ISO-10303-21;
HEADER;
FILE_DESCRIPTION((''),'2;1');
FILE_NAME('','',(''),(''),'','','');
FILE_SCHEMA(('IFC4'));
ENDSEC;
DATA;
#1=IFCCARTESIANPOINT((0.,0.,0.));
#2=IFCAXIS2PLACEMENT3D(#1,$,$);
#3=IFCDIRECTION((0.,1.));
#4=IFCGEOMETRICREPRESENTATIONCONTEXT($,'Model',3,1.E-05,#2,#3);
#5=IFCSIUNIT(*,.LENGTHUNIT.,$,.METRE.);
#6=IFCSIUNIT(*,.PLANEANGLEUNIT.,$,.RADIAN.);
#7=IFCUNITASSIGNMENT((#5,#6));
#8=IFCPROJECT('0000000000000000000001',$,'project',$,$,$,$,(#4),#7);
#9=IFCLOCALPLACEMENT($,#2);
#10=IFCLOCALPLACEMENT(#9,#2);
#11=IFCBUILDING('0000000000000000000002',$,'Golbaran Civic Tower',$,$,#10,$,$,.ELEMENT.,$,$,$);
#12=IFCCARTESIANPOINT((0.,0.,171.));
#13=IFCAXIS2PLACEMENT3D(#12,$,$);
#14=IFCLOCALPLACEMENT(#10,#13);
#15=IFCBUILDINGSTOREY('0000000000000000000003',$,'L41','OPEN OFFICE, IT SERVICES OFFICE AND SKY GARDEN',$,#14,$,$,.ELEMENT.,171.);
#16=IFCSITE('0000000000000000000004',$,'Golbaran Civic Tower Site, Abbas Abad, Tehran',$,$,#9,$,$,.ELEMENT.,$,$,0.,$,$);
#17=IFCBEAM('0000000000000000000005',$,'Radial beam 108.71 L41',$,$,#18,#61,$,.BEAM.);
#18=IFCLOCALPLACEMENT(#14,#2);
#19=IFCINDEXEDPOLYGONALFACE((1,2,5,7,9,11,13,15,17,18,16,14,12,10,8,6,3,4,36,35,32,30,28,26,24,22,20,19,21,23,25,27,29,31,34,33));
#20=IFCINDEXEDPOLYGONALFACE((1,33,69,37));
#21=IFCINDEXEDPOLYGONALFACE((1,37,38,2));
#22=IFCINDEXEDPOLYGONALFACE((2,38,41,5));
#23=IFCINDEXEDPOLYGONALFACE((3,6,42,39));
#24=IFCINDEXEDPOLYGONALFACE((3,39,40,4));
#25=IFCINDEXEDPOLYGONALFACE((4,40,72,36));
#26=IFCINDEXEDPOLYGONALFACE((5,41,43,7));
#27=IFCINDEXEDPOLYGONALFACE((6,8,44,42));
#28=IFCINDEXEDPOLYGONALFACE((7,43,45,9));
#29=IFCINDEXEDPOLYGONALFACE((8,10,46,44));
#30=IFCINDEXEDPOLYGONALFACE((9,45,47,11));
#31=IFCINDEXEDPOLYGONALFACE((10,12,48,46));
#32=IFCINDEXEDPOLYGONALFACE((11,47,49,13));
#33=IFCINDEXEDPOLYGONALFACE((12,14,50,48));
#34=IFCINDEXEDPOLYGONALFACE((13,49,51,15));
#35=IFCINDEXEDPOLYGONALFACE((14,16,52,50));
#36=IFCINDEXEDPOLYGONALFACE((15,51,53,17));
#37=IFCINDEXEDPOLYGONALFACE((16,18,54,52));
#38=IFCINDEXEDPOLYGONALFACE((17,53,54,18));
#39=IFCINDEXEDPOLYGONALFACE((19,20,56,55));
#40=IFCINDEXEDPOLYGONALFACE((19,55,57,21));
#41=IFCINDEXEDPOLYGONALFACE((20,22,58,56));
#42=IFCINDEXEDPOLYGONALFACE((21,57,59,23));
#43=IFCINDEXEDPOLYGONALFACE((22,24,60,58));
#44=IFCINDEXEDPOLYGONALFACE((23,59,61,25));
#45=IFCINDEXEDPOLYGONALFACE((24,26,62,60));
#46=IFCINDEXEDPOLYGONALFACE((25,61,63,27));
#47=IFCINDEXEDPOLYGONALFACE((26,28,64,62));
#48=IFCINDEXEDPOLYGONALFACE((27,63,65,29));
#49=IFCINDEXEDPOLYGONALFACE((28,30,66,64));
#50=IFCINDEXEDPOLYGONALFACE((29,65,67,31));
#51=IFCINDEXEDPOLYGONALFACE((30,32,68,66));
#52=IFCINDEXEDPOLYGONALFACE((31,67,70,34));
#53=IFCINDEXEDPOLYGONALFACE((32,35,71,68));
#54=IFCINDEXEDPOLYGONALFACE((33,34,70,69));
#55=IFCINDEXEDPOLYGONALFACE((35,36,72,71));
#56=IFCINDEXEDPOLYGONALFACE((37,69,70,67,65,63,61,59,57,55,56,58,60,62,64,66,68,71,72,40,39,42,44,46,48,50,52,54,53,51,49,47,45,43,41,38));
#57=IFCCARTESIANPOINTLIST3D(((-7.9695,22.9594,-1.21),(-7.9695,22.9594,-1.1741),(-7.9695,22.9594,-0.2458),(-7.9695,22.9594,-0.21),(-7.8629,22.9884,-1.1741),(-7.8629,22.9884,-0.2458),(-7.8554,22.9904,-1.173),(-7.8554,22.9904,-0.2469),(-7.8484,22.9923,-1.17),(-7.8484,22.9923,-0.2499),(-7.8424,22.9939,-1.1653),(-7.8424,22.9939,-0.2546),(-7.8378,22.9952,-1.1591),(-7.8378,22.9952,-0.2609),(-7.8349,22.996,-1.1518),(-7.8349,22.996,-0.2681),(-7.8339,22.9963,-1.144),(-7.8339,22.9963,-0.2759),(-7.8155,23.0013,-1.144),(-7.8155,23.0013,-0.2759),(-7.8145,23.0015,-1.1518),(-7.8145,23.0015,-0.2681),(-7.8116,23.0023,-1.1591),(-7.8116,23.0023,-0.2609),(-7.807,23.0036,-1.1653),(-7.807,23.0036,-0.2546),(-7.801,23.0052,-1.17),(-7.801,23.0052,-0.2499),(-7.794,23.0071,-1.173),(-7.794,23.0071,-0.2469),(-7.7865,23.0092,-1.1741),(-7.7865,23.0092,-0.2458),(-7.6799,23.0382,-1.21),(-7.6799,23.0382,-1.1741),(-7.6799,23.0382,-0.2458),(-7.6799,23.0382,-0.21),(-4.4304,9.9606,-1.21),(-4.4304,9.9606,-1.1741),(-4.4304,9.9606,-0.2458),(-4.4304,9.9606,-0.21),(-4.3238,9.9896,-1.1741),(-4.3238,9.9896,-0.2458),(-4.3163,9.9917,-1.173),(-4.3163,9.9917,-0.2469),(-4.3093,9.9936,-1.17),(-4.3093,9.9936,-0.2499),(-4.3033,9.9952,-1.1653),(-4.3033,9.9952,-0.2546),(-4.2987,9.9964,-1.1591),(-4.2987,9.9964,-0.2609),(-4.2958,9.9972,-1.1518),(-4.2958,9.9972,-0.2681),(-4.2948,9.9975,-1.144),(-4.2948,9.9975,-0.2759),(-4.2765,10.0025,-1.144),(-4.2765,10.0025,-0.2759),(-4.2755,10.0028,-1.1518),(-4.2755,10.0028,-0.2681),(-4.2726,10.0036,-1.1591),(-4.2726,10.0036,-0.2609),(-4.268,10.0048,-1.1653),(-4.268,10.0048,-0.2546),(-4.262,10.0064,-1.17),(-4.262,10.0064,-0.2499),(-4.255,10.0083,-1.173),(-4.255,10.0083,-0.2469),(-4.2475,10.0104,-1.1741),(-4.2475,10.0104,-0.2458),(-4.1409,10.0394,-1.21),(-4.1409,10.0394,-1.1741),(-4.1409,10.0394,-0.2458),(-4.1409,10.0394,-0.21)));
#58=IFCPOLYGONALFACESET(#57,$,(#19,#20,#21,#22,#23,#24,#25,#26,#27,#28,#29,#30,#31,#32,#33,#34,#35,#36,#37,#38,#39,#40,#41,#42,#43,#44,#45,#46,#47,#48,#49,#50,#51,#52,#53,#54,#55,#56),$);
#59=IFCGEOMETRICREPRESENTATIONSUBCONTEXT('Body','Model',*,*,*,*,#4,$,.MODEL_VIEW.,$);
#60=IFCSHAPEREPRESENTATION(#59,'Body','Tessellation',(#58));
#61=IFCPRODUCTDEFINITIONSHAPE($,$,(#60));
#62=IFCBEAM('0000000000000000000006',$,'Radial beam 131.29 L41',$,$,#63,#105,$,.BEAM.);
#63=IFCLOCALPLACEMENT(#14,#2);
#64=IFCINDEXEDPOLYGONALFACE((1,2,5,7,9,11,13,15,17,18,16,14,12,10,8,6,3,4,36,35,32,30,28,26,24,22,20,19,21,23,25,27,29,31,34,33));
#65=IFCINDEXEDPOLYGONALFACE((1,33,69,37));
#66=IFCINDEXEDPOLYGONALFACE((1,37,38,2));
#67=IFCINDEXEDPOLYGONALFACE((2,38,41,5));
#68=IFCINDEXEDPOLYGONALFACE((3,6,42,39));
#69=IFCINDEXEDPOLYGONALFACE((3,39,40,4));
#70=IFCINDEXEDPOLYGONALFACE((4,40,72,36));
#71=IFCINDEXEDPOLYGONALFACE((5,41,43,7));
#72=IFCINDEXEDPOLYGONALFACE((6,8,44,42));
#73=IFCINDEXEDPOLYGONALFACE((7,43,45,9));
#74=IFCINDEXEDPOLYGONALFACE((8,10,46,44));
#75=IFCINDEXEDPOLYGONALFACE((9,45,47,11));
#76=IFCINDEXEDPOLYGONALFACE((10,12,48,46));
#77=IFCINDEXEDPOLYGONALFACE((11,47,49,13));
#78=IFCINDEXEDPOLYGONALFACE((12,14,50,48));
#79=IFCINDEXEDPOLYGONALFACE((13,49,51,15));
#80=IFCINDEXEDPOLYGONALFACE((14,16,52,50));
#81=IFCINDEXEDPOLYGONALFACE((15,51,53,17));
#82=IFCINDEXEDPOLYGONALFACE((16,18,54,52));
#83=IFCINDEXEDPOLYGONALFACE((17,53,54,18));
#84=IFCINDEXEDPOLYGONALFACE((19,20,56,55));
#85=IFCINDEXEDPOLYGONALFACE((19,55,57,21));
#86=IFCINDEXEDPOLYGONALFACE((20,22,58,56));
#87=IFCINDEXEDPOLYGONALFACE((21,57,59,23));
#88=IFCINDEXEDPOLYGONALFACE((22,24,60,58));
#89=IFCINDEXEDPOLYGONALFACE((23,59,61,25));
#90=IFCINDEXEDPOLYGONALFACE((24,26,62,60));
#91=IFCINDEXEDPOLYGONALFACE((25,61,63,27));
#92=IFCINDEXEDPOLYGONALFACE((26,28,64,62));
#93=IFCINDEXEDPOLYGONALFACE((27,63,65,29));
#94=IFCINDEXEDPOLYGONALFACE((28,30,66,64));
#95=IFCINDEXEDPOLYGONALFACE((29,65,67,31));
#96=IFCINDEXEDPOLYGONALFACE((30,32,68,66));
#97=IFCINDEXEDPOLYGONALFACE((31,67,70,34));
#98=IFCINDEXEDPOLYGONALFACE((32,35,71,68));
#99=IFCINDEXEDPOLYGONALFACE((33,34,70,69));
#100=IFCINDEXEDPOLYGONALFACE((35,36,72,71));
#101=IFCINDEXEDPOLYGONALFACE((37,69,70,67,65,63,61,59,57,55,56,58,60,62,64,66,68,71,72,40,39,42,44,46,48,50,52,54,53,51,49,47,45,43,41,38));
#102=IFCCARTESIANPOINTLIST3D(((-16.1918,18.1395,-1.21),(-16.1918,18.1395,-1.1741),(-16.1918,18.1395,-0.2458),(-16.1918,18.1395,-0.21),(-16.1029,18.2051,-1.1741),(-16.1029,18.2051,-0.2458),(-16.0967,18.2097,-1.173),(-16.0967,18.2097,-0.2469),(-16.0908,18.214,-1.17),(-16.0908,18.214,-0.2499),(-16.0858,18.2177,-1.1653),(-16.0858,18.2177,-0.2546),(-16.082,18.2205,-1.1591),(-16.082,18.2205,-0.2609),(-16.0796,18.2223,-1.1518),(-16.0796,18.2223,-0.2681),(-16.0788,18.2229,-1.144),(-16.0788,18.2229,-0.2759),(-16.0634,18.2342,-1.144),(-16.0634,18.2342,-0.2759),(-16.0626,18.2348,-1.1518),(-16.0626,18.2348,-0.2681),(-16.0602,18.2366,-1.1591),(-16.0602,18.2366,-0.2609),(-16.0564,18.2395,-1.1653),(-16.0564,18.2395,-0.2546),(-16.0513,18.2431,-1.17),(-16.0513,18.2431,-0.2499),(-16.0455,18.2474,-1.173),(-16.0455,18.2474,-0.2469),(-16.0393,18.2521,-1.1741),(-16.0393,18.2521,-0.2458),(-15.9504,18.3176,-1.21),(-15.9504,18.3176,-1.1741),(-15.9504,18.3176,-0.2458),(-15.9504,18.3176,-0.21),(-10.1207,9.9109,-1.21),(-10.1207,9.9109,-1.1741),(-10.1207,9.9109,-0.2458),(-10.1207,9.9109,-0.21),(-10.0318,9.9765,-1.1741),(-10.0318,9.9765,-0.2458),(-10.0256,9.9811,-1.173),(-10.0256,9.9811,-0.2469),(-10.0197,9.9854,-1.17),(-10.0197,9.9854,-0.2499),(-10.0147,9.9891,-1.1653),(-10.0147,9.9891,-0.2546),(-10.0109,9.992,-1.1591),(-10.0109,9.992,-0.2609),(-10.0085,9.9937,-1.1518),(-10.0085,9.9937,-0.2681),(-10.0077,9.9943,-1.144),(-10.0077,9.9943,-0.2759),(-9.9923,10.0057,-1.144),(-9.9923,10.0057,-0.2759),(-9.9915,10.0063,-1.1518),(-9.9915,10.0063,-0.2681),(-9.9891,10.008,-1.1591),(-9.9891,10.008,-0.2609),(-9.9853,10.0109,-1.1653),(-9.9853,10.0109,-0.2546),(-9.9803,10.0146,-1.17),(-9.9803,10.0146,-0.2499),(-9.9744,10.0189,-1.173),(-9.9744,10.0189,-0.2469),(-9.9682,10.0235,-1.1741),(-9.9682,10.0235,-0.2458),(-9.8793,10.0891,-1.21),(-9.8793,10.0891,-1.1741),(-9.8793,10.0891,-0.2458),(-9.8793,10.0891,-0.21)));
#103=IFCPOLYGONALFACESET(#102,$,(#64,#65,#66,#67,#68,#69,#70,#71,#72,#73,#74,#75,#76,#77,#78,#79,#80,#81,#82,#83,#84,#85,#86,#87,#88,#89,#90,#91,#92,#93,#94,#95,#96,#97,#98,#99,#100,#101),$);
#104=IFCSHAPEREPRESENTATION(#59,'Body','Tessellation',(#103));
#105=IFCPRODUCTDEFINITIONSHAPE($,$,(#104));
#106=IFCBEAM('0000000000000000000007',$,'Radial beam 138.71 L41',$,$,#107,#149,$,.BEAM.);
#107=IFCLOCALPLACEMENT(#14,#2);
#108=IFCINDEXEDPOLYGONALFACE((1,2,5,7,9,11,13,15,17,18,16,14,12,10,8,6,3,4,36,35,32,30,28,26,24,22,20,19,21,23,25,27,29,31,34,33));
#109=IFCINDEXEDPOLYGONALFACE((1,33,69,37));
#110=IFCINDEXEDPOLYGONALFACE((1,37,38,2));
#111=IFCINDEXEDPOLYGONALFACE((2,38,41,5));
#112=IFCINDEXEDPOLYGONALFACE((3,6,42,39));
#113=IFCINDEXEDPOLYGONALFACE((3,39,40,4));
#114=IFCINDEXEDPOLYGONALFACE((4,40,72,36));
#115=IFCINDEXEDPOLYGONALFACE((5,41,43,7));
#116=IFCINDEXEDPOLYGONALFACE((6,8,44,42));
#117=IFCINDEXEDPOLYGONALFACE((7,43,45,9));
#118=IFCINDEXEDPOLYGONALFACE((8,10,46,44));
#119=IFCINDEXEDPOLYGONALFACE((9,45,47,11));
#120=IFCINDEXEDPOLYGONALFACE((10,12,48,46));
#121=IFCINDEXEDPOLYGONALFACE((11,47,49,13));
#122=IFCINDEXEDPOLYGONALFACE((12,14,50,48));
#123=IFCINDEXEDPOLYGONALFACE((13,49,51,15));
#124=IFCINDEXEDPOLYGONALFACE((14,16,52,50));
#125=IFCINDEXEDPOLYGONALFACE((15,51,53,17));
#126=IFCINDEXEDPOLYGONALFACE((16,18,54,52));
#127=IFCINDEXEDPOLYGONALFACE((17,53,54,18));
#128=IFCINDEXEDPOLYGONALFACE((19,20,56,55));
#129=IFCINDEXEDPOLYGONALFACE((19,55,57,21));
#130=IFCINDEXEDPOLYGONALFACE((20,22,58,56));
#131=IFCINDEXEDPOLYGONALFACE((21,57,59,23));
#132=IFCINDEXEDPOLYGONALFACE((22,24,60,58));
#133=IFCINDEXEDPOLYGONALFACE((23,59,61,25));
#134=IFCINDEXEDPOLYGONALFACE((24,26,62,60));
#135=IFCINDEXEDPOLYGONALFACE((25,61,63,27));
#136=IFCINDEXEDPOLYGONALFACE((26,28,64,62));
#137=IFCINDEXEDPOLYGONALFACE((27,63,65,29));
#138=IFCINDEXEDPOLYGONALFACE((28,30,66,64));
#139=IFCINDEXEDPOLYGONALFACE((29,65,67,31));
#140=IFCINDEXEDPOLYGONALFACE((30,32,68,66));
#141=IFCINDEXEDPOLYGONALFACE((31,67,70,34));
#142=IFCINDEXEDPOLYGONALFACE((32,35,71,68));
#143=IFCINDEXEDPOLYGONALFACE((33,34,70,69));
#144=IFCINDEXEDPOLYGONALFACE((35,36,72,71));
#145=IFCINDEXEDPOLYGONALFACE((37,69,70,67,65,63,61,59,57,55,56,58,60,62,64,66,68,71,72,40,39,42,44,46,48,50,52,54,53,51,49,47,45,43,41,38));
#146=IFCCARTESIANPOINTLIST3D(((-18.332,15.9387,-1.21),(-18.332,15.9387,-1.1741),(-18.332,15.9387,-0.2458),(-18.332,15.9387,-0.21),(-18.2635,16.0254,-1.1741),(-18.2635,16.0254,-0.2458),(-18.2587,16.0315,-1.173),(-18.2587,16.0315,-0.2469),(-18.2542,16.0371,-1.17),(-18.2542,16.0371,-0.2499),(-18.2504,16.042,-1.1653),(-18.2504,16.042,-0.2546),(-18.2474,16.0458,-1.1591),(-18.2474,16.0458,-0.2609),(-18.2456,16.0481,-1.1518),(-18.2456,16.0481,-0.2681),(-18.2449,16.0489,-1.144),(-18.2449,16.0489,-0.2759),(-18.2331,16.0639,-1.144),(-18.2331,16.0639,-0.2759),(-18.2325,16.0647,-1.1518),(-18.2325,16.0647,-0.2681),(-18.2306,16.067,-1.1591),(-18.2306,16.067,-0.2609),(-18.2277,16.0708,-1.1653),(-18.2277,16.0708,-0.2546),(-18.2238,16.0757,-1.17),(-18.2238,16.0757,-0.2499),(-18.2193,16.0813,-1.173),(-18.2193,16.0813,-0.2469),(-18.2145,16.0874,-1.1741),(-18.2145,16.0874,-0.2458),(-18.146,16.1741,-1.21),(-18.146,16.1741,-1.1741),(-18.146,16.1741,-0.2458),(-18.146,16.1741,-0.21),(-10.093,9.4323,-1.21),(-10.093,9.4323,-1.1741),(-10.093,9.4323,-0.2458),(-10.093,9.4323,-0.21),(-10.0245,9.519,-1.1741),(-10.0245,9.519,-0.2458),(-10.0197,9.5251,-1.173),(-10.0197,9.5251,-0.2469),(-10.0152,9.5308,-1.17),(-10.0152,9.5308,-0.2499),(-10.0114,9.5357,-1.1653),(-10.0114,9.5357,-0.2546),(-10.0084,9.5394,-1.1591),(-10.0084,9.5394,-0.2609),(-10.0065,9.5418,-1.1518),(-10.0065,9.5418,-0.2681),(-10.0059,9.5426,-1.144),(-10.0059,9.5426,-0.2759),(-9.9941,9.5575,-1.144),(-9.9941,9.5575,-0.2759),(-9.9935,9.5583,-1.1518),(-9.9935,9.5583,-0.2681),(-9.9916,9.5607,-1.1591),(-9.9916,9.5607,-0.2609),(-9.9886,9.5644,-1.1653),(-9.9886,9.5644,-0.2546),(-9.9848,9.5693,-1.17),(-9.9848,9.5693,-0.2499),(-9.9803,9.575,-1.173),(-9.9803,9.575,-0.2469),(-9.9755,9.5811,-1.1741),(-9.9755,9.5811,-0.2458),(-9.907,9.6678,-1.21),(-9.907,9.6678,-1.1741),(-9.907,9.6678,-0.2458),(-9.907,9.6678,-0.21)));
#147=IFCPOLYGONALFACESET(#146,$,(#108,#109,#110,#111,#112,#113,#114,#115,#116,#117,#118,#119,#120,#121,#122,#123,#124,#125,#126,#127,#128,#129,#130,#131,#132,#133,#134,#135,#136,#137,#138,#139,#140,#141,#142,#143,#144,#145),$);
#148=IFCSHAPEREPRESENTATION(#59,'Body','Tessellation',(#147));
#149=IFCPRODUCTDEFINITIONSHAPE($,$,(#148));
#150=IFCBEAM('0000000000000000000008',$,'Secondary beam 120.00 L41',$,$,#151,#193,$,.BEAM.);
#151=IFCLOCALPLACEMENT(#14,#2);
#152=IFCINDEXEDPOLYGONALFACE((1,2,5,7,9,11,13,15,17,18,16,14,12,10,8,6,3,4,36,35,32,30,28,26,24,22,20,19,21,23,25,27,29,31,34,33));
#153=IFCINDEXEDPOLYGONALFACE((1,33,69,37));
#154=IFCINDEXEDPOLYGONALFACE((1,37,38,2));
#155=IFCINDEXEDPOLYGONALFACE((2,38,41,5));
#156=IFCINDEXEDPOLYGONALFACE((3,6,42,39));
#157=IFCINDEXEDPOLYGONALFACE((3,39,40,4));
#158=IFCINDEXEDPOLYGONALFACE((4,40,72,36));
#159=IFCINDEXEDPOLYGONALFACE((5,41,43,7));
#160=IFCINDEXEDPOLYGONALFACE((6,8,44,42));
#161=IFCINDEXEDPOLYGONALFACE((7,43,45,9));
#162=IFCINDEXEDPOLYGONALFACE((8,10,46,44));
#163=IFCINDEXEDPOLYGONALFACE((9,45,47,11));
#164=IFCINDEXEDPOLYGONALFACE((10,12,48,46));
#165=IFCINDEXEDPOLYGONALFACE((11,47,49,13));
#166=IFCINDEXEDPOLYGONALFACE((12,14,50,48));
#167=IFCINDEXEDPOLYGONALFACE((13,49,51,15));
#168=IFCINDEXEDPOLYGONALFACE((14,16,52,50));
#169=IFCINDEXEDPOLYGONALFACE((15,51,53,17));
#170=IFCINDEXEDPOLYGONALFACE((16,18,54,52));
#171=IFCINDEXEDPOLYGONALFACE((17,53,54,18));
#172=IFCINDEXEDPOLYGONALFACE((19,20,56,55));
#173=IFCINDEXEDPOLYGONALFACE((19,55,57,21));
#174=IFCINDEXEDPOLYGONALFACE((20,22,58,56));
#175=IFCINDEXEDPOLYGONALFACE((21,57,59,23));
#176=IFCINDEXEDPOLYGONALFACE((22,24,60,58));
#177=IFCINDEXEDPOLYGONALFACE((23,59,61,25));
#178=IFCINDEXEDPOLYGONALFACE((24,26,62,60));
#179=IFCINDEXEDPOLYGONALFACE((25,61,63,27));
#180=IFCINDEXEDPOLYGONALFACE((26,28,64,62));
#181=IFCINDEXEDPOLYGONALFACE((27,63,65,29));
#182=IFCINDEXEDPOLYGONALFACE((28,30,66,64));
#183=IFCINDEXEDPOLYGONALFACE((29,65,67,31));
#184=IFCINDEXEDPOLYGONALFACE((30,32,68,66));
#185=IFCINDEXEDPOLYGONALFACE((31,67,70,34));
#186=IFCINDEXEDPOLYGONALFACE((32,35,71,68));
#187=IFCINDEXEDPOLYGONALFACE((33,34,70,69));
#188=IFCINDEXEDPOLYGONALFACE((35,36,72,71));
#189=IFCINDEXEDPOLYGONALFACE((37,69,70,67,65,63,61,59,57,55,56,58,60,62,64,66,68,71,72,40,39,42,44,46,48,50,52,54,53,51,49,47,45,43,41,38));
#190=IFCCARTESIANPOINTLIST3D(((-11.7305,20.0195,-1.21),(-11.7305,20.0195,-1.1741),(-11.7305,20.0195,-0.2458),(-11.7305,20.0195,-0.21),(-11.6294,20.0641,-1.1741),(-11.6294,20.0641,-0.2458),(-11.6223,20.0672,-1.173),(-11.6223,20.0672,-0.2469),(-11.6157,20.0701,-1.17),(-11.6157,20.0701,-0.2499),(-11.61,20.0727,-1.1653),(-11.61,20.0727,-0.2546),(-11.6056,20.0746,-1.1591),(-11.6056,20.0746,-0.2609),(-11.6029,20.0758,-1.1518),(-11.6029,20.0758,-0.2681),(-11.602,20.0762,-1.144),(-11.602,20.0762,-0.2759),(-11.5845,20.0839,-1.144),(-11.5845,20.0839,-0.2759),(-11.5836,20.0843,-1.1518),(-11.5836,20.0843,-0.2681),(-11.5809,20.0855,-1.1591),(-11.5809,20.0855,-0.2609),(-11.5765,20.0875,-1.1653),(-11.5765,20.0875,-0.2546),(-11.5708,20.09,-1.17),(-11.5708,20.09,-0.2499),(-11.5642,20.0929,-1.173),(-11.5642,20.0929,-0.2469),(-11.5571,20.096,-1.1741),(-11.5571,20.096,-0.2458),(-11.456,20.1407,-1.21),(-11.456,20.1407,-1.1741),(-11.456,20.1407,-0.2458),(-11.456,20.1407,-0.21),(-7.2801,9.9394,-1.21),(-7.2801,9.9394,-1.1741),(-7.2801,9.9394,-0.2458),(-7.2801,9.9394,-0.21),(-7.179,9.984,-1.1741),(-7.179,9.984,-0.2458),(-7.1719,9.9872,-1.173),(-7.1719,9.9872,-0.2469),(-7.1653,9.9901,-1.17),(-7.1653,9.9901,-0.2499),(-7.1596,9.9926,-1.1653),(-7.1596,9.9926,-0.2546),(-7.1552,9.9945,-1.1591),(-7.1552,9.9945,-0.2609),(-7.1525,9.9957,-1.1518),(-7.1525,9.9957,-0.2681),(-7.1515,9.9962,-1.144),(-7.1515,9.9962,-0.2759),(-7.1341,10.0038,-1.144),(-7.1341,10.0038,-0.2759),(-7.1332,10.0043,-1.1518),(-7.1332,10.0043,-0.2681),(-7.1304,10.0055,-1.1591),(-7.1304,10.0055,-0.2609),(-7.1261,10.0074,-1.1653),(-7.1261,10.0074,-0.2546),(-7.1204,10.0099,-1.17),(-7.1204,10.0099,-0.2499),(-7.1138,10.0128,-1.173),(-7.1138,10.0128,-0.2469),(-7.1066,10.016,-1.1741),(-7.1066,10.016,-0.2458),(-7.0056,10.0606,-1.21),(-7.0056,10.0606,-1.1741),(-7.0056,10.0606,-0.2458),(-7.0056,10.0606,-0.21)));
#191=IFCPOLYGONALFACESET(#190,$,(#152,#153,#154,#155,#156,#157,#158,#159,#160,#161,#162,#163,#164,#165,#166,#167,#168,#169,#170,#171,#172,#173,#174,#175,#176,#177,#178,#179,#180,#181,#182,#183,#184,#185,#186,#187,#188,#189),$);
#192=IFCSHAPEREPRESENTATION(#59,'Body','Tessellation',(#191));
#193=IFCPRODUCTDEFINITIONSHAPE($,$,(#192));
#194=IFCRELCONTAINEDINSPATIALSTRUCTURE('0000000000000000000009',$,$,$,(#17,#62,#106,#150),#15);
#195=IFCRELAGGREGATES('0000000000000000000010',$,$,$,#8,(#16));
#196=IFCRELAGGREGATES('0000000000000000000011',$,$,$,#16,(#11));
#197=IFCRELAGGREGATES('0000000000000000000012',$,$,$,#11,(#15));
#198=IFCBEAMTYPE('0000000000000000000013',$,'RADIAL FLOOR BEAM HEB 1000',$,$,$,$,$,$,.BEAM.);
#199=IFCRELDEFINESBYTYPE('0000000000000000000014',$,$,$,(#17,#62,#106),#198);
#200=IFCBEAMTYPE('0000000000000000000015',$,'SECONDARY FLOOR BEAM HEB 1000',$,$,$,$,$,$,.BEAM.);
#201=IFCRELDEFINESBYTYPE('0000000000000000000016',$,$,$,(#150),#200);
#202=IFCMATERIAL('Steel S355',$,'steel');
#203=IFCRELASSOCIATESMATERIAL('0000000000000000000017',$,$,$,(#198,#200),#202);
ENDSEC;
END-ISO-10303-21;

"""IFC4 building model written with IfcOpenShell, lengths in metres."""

from ifc_helpers import new_model, si_unit, direction, frame, origin, origin_2d, place, context, subcontext, project, spatial, i_section, extrude, material, material_profile, profile_set, type_object, element, save


model = new_model("IFC4")

# Units and contexts
model_context = context("Model", 3, precision=1e-05, world=origin(), true_north=direction((0.0, 1.0)))
body_context = subcontext(model_context, "Body", "Model", "MODEL_VIEW")
ifc_project = project(units=[si_unit("LENGTHUNIT", "METRE"), si_unit("PLANEANGLEUNIT", "RADIAN")], contexts=[model_context])

# Site, building, storey
site_placement = place(None, origin())
site = spatial("IfcSite", under=ifc_project, at=site_placement, Name="Golbaran Civic Tower Site, Abbas Abad, Tehran", CompositionType="ELEMENT", RefElevation=0.0)
building_placement = place(site_placement, origin())
building = spatial("IfcBuilding", under=site, at=building_placement, Name="Golbaran Civic Tower", CompositionType="ELEMENT")
storey_placement = place(building_placement, frame((0.0, 0.0, 171.0)))
storey = spatial("IfcBuildingStorey", under=building, at=storey_placement, Name="L41", Description="OPEN OFFICE, IT SERVICES OFFICE AND SKY GARDEN", CompositionType="ELEMENT", Elevation=171.0)

# Beams
ifc_material_1 = material(Name="Steel S355", Category="steel")
ifc_material_profile_1 = material_profile(ifc_material_1, i_section(OverallWidth=0.3, OverallDepth=1.0, WebThickness=0.019, FlangeThickness=0.0359, FilletRadius=0.03, at=origin_2d()), Name="HEB 1000")
ifc_profile_set_1 = profile_set([ifc_material_profile_1], Name="Steel S355")
beam_type_1 = type_object("IfcBeamType", Name="RADIAL FLOOR BEAM HEB 1000", PredefinedType="BEAM", material=ifc_profile_set_1)
beam_1_placement = place(storey_placement, frame((-4.2856, 10.0, -0.71), z_axis=(-0.262699, 0.964878, 0.0), x_axis=(-0.964878, -0.262699, 0.0)))
element("IfcBeam", 1, at=beam_1_placement, inside=storey, type_object=beam_type_1, Name="Radial beam 108.71 L41", PredefinedType="BEAM", context=body_context, shape_type="SweptSolid", body=[
    extrude(i_section(OverallWidth=0.3, OverallDepth=1.0, WebThickness=0.019, FlangeThickness=0.0359, FilletRadius=0.03, at=origin_2d()), origin(), (0.0, 0.0, 1.0), 13.4719),
])
beam_2_placement = place(storey_placement, frame((-10.0, 10.0, -0.71), z_axis=(-0.593701, 0.804685, 0.0), x_axis=(-0.804685, -0.593701, 0.0)))
element("IfcBeam", 2, at=beam_2_placement, inside=storey, type_object=beam_type_1, Name="Radial beam 131.29 L41", PredefinedType="BEAM", context=body_context, shape_type="SweptSolid", body=[
    extrude(i_section(OverallWidth=0.3, OverallDepth=1.0, WebThickness=0.019, FlangeThickness=0.0359, FilletRadius=0.03, at=origin_2d()), origin(), (0.0, 0.0, 1.0), 10.2258),
])
beam_3_placement = place(storey_placement, frame((-10.0, 9.55, -0.71), z_axis=(-0.784796, 0.619754, 0.0), x_axis=(-0.619754, -0.784796, 0.0)))
element("IfcBeam", 3, at=beam_3_placement, inside=storey, type_object=beam_type_1, Name="Radial beam 138.71 L41", PredefinedType="BEAM", context=body_context, shape_type="SweptSolid", body=[
    extrude(i_section(OverallWidth=0.3, OverallDepth=1.0, WebThickness=0.019, FlangeThickness=0.0359, FilletRadius=0.03, at=origin_2d()), origin(), (0.0, 0.0, 1.0), 10.4983),
])
ifc_material_profile_2 = material_profile(ifc_material_1, i_section(OverallWidth=0.3, OverallDepth=1.0, WebThickness=0.019, FlangeThickness=0.0359, FilletRadius=0.03, at=origin_2d()), Name="HEB 1000")
ifc_profile_set_2 = profile_set([ifc_material_profile_2], Name="Steel S355")
beam_type_2 = type_object("IfcBeamType", Name="SECONDARY FLOOR BEAM HEB 1000", PredefinedType="BEAM", material=ifc_profile_set_2)
beam_4_placement = place(storey_placement, frame((-7.1428, 10.0, -0.71), z_axis=(-0.403894, 0.914806, 0.0), x_axis=(-0.914806, -0.403894, 0.0)))
element("IfcBeam", 4, at=beam_4_placement, inside=storey, type_object=beam_type_2, Name="Secondary beam 120.00 L41", PredefinedType="BEAM", context=body_context, shape_type="SweptSolid", body=[
    extrude(i_section(OverallWidth=0.3, OverallDepth=1.0, WebThickness=0.019, FlangeThickness=0.0359, FilletRadius=0.03, at=origin_2d()), origin(), (0.0, 0.0, 1.0), 11.0188),
])

save(model, "model.ifc")
